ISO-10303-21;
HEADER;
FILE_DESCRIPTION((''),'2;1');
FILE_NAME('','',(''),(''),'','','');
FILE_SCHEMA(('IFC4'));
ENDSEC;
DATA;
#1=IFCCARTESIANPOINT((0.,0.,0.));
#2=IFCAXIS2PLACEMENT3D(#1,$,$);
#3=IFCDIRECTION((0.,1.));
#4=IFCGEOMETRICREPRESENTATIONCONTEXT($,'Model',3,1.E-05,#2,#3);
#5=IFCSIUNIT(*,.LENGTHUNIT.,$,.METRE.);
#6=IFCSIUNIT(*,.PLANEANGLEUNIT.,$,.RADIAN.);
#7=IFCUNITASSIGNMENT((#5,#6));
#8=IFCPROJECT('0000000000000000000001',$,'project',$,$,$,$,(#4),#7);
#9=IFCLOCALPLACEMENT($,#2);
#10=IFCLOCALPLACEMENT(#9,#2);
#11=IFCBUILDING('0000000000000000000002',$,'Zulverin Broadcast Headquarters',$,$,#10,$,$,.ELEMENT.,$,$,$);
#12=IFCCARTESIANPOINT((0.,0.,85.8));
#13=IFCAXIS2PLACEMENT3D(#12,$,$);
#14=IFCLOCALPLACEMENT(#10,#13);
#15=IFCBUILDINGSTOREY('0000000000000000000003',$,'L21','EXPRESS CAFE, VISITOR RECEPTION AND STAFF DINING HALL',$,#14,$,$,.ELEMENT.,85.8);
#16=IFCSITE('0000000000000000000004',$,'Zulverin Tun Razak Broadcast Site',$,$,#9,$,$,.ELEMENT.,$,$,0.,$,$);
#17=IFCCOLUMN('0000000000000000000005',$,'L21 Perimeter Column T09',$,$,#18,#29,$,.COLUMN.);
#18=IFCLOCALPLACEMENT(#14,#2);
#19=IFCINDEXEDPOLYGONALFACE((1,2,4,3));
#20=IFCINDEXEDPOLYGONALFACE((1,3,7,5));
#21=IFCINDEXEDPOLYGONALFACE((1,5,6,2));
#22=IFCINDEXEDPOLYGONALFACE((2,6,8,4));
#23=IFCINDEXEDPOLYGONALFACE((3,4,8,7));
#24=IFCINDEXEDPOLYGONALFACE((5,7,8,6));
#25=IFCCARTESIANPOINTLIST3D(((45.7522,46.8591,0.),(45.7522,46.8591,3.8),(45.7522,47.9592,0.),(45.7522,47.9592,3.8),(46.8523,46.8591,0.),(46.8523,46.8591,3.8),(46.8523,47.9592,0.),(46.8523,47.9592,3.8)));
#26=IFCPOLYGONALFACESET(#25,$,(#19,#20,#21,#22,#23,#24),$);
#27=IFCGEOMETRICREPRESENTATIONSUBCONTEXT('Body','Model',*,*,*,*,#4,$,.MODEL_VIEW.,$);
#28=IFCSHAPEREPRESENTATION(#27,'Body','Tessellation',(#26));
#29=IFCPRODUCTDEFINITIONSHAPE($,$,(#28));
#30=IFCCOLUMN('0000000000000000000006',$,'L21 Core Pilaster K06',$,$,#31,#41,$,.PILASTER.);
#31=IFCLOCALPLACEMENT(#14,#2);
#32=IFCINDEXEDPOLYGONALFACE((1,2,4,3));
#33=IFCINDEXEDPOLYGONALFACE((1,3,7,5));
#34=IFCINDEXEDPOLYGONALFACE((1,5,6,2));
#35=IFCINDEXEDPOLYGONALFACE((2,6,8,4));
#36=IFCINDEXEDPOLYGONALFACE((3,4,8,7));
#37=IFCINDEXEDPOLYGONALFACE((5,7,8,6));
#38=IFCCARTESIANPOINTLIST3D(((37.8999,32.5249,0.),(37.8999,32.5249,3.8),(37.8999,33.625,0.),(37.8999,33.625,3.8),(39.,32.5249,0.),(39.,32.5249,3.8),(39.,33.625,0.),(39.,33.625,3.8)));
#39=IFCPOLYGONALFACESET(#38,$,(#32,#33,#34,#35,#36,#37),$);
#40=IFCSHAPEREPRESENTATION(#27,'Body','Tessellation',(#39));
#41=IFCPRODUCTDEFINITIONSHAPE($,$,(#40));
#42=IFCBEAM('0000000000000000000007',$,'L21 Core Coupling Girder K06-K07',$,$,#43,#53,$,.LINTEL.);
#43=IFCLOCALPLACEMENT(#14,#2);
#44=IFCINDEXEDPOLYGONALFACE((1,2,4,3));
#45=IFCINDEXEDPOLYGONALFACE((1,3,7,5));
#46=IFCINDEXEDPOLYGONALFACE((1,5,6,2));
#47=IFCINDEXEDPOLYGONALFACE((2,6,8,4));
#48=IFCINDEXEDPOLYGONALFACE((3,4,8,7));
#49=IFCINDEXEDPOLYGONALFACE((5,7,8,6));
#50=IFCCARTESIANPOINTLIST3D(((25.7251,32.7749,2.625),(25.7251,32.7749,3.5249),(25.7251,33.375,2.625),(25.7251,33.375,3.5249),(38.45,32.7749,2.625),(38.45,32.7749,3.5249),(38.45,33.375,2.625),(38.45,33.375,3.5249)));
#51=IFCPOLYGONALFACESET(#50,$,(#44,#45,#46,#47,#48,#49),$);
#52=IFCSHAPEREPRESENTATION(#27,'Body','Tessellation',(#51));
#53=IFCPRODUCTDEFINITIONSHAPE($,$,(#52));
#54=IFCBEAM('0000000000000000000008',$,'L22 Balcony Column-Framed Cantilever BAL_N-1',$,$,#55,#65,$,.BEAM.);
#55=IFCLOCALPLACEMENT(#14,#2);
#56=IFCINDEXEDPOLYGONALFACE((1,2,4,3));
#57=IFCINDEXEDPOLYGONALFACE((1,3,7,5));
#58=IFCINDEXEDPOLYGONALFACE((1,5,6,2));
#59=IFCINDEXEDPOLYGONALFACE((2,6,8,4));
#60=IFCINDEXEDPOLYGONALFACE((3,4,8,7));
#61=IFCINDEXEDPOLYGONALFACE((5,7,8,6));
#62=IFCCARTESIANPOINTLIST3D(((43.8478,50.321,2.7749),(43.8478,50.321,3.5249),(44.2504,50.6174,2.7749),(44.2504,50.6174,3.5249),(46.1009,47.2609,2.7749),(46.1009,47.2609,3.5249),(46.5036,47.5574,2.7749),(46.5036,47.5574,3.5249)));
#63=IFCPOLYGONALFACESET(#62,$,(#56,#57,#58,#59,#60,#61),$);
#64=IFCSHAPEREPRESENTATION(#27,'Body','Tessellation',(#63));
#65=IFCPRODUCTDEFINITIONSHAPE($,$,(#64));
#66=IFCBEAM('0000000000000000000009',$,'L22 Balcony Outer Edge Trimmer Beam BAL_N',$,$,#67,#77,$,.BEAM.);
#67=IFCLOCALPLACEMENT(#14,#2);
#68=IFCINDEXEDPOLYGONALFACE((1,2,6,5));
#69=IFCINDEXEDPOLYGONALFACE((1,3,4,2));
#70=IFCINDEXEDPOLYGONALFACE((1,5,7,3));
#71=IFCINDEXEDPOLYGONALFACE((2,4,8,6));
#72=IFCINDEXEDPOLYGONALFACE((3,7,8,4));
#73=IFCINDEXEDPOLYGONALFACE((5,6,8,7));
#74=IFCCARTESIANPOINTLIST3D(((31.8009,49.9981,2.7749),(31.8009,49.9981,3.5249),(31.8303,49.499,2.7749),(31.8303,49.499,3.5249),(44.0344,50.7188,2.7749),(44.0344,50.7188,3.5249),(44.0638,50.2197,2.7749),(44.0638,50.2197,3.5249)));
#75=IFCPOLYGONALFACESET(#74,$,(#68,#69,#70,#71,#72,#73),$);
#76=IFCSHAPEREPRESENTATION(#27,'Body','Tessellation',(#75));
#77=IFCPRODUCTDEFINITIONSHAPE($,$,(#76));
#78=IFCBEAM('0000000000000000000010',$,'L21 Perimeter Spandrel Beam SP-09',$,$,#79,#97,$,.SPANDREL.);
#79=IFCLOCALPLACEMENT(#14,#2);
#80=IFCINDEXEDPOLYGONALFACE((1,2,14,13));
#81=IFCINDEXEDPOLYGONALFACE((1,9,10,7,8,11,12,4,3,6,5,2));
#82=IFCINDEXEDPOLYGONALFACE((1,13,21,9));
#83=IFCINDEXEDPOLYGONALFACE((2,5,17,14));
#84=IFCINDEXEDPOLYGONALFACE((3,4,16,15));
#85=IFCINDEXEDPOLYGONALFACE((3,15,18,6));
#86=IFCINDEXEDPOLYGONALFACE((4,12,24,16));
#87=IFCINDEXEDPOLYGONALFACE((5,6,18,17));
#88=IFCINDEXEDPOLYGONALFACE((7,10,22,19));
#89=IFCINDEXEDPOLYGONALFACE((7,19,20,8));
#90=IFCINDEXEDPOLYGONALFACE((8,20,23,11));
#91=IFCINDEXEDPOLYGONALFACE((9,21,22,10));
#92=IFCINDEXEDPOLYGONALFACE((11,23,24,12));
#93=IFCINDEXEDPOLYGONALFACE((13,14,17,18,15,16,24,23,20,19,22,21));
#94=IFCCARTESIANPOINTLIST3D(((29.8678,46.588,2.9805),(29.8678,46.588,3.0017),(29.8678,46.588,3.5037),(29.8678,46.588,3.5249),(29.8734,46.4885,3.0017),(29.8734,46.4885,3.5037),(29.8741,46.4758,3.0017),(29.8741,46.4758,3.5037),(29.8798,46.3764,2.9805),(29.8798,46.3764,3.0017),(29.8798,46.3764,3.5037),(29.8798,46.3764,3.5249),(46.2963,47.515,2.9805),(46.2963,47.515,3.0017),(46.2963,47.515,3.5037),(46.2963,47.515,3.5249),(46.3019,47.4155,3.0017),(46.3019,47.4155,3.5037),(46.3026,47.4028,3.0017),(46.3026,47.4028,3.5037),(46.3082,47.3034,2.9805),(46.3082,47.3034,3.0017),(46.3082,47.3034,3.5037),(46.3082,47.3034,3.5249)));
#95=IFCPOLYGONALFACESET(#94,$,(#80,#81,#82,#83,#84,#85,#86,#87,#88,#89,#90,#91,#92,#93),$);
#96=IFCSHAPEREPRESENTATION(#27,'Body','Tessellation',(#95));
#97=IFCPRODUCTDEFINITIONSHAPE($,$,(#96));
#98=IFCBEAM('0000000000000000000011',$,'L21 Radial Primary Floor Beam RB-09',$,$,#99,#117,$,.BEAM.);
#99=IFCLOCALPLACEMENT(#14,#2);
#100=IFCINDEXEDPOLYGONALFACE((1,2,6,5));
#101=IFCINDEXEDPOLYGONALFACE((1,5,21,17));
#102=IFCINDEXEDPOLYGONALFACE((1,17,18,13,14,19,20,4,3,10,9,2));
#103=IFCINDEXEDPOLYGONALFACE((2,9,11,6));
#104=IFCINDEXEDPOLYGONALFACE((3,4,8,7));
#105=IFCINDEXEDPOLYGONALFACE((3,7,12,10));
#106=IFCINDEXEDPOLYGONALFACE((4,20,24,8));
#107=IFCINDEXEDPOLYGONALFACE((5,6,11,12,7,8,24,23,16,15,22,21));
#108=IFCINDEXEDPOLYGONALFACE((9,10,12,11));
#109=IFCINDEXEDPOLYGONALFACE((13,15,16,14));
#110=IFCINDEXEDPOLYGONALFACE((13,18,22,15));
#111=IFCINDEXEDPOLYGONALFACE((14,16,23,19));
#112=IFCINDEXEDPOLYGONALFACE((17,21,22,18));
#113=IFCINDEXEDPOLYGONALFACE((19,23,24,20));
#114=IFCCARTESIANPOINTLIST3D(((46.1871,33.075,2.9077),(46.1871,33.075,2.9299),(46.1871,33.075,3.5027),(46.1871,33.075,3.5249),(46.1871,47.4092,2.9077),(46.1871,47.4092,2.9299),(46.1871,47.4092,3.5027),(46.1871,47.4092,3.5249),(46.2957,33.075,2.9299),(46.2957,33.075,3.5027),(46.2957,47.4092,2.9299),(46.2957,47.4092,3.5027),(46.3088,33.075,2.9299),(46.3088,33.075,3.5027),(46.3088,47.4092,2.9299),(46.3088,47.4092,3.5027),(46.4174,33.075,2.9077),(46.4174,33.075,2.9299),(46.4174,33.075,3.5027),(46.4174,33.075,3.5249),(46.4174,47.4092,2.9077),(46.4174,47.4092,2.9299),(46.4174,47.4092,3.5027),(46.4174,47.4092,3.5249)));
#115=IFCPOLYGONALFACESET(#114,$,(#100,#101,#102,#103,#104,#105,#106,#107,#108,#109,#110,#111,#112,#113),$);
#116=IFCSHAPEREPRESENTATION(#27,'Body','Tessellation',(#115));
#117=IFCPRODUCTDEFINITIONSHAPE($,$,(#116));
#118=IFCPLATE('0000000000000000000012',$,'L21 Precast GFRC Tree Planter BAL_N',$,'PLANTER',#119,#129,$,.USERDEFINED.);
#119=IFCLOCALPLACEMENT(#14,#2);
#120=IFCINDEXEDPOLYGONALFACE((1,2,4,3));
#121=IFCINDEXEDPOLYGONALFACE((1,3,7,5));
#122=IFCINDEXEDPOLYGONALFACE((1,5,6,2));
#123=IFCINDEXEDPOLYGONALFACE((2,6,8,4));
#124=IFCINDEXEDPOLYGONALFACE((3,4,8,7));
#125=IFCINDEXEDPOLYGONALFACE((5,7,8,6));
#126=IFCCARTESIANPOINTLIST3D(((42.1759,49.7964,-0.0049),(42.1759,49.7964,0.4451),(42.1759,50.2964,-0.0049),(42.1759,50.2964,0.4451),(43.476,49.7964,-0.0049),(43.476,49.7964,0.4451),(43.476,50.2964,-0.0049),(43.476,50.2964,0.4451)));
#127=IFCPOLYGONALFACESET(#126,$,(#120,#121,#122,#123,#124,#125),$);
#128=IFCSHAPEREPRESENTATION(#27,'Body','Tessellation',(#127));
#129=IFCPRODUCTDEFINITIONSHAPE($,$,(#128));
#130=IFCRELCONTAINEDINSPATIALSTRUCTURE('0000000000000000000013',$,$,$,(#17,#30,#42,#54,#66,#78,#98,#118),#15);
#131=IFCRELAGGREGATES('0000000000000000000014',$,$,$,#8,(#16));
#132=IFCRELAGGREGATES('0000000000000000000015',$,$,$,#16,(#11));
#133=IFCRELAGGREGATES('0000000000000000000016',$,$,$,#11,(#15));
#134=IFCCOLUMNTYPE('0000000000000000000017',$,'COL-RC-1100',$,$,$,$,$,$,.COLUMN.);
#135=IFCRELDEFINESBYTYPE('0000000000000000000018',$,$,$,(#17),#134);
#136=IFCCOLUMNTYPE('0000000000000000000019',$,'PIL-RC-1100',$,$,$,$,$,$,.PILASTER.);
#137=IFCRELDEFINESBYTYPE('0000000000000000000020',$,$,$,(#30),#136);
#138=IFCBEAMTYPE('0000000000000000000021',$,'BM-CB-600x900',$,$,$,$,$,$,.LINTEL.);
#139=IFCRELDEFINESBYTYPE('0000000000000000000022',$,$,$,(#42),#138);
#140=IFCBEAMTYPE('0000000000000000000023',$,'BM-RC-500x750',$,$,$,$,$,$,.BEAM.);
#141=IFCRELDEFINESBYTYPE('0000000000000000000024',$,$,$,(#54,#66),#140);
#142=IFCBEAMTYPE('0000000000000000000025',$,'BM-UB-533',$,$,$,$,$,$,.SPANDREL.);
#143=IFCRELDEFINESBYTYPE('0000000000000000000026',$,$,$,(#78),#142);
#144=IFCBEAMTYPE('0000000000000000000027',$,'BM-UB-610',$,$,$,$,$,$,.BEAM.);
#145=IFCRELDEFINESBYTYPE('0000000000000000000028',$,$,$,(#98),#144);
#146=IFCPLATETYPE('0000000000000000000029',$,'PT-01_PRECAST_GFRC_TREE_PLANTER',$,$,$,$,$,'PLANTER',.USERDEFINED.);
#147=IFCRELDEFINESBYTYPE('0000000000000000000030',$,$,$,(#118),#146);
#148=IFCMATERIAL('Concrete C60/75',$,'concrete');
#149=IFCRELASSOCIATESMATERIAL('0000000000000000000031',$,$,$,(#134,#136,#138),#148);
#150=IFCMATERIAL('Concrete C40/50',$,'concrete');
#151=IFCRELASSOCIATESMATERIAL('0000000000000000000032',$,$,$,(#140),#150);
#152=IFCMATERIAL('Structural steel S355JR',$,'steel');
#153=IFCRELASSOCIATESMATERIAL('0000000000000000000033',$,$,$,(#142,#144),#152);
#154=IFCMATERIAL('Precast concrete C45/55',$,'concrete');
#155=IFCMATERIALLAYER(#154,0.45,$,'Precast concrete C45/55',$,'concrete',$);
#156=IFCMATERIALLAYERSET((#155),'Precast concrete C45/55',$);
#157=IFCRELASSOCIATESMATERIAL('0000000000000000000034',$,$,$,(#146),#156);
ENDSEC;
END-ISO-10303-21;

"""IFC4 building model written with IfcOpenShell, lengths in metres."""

from ifc_helpers import new_model, si_unit, direction, frame, origin, origin_2d, place, context, subcontext, project, spatial, rectangle, i_section, extrude, material, layer, layer_set, material_profile, profile_set, type_object, element, save


model = new_model("IFC4")

# Units and contexts
model_context = context("Model", 3, precision=1e-05, world=origin(), true_north=direction((0.0, 1.0)))
body_context = subcontext(model_context, "Body", "Model", "MODEL_VIEW")
ifc_project = project(units=[si_unit("LENGTHUNIT", "METRE"), si_unit("PLANEANGLEUNIT", "RADIAN")], contexts=[model_context])

# Site, building, storey
site_placement = place(None, origin())
site = spatial("IfcSite", under=ifc_project, at=site_placement, Name="Zulverin Tun Razak Broadcast Site", CompositionType="ELEMENT", RefElevation=0.0)
building_placement = place(site_placement, origin())
building = spatial("IfcBuilding", under=site, at=building_placement, Name="Zulverin Broadcast Headquarters", CompositionType="ELEMENT")
storey_placement = place(building_placement, frame((0.0, 0.0, 85.8)))
storey = spatial("IfcBuildingStorey", under=building, at=storey_placement, Name="L21", Description="EXPRESS CAFE, VISITOR RECEPTION AND STAFF DINING HALL", CompositionType="ELEMENT", Elevation=85.8)

# Columns
ifc_material_1 = material(Name="Concrete C60/75", Category="concrete")
ifc_material_profile_1 = material_profile(ifc_material_1, rectangle(XDim=1.1001, YDim=1.1001, at=origin_2d()), Name="Concrete C60/75", Category="concrete")
ifc_profile_set_1 = profile_set([ifc_material_profile_1], Name="Concrete C60/75")
column_type_1 = type_object("IfcColumnType", Name="COL-RC-1100", PredefinedType="COLUMN", material=ifc_profile_set_1)
column_1_placement = place(storey_placement, frame((46.3022, 47.4092, 0.0), z_axis=(0.0, 0.0, 1.0), x_axis=(1.0, 0.0, 0.0)))
element("IfcColumn", 1, at=column_1_placement, inside=storey, type_object=column_type_1, Name="L21 Perimeter Column T09", PredefinedType="COLUMN", context=body_context, shape_type="SweptSolid", body=[
    extrude(rectangle(XDim=1.1001, YDim=1.1001, at=origin_2d()), origin(), (0.0, 0.0, 1.0), 3.8),
])
ifc_material_profile_2 = material_profile(ifc_material_1, rectangle(XDim=1.1001, YDim=1.1001, at=origin_2d()), Name="Concrete C60/75", Category="concrete")
ifc_profile_set_2 = profile_set([ifc_material_profile_2], Name="Concrete C60/75")
column_type_2 = type_object("IfcColumnType", Name="PIL-RC-1100", PredefinedType="PILASTER", material=ifc_profile_set_2)
column_2_placement = place(storey_placement, frame((38.45, 33.075, 0.0), z_axis=(0.0, 0.0, 1.0), x_axis=(1.0, 0.0, 0.0)))
element("IfcColumn", 2, at=column_2_placement, inside=storey, type_object=column_type_2, Name="L21 Core Pilaster K06", PredefinedType="PILASTER", context=body_context, shape_type="SweptSolid", body=[
    extrude(rectangle(XDim=1.1001, YDim=1.1001, at=origin_2d()), origin(), (0.0, 0.0, 1.0), 3.8),
])

# Beams
ifc_material_profile_3 = material_profile(ifc_material_1, rectangle(XDim=0.6001, YDim=0.8999, at=origin_2d()), Name="Concrete C60/75", Category="concrete")
ifc_profile_set_3 = profile_set([ifc_material_profile_3], Name="Concrete C60/75")
beam_type_1 = type_object("IfcBeamType", Name="BM-CB-600x900", PredefinedType="LINTEL", material=ifc_profile_set_3)
beam_1_placement = place(storey_placement, frame((38.45, 33.075, 3.075), z_axis=(-1.0, 0.0, 0.0), x_axis=(0.0, -1.0, 0.0)))
element("IfcBeam", 3, at=beam_1_placement, inside=storey, type_object=beam_type_1, Name="L21 Core Coupling Girder K06-K07", PredefinedType="LINTEL", context=body_context, shape_type="SweptSolid", body=[
    extrude(rectangle(XDim=0.6001, YDim=0.8999, at=origin_2d()), origin(), (0.0, 0.0, 1.0), 12.7249),
])
ifc_material_2 = material(Name="Concrete C40/50", Category="concrete")
ifc_material_profile_4 = material_profile(ifc_material_2, rectangle(XDim=0.5, YDim=0.75, at=origin_2d()), Name="Concrete C40/50", Category="concrete")
ifc_profile_set_4 = profile_set([ifc_material_profile_4], Name="Concrete C40/50")
beam_type_2 = type_object("IfcBeamType", Name="BM-RC-500x750", PredefinedType="BEAM", material=ifc_profile_set_4)
beam_2_placement = place(storey_placement, frame((46.3022, 47.4092, 3.1499), z_axis=(-0.592925, 0.805258, 0.0), x_axis=(-0.805258, -0.592925, 0.0)))
element("IfcBeam", 4, at=beam_2_placement, inside=storey, type_object=beam_type_2, Name="L22 Balcony Column-Framed Cantilever BAL_N-1", PredefinedType="BEAM", context=body_context, shape_type="SweptSolid", body=[
    extrude(rectangle(XDim=0.5, YDim=0.75, at=origin_2d()), origin(), (0.0, 0.0, 1.0), 3.8),
])
beam_3_placement = place(storey_placement, frame((44.0491, 50.4692, 3.1499), z_axis=(-0.998269, -0.058811, 0.0), x_axis=(0.058811, -0.998269, 0.0)))
element("IfcBeam", 5, at=beam_3_placement, inside=storey, type_object=beam_type_2, Name="L22 Balcony Outer Edge Trimmer Beam BAL_N", PredefinedType="BEAM", context=body_context, shape_type="SweptSolid", body=[
    extrude(rectangle(XDim=0.5, YDim=0.75, at=origin_2d()), origin(), (0.0, 0.0, 1.0), 12.2546),
])
ifc_material_3 = material(Name="Structural steel S355JR", Category="steel")
ifc_material_profile_5 = material_profile(ifc_material_3, i_section(OverallWidth=0.2119, OverallDepth=0.5444, WebThickness=0.0127, FlangeThickness=0.0212, at=origin_2d()), Name="Structural steel S355JR", Category="steel")
ifc_profile_set_5 = profile_set([ifc_material_profile_5], Name="Structural steel S355JR")
beam_type_3 = type_object("IfcBeamType", Name="BM-UB-533", PredefinedType="SPANDREL", material=ifc_profile_set_5)
beam_4_placement = place(storey_placement, frame((46.3022, 47.4092, 3.2527), z_axis=(-0.998412, -0.056337, 0.0), x_axis=(0.056337, -0.998412, 0.0)))
element("IfcBeam", 6, at=beam_4_placement, inside=storey, type_object=beam_type_3, Name="L21 Perimeter Spandrel Beam SP-09", PredefinedType="SPANDREL", context=body_context, shape_type="SweptSolid", body=[
    extrude(i_section(OverallWidth=0.2119, OverallDepth=0.5444, WebThickness=0.0127, FlangeThickness=0.0212, at=origin_2d()), origin(), (0.0, 0.0, 1.0), 16.4546),
])
ifc_material_profile_6 = material_profile(ifc_material_3, i_section(OverallWidth=0.2302, OverallDepth=0.6172, WebThickness=0.0132, FlangeThickness=0.0222, at=origin_2d()), Name="Structural steel S355JR", Category="steel")
ifc_profile_set_6 = profile_set([ifc_material_profile_6], Name="Structural steel S355JR")
beam_type_4 = type_object("IfcBeamType", Name="BM-UB-610", PredefinedType="BEAM", material=ifc_profile_set_6)
beam_5_placement = place(storey_placement, frame((46.3022, 33.075, 3.2163), z_axis=(0.0, 1.0, 0.0), x_axis=(-1.0, 0.0, 0.0)))
element("IfcBeam", 7, at=beam_5_placement, inside=storey, type_object=beam_type_4, Name="L21 Radial Primary Floor Beam RB-09", PredefinedType="BEAM", context=body_context, shape_type="SweptSolid", body=[
    extrude(i_section(OverallWidth=0.2302, OverallDepth=0.6172, WebThickness=0.0132, FlangeThickness=0.0222, at=origin_2d()), origin(), (0.0, 0.0, 1.0), 14.3342),
])

# Plate
ifc_material_4 = material(Name="Precast concrete C45/55", Category="concrete")
ifc_layer_1 = layer(ifc_material_4, 0.45, Name="Precast concrete C45/55", Category="concrete")
ifc_layer_set_1 = layer_set([ifc_layer_1], Name="Precast concrete C45/55")
plate_type = type_object("IfcPlateType", Name="PT-01_PRECAST_GFRC_TREE_PLANTER", ElementType="PLANTER", PredefinedType="USERDEFINED", material=ifc_layer_set_1)
plate_placement = place(storey_placement, frame((42.8259, 50.0464, -0.0049), z_axis=(0.0, 0.0, 1.0), x_axis=(1.0, 0.0, 0.0)))
element("IfcPlate", 8, at=plate_placement, inside=storey, type_object=plate_type, Name="L21 Precast GFRC Tree Planter BAL_N", ObjectType="PLANTER", PredefinedType="USERDEFINED", context=body_context, shape_type="SweptSolid", body=[
    extrude(rectangle(XDim=1.3, YDim=0.5, at=origin_2d()), origin(), (0.0, 0.0, 1.0), 0.45),
])

save(model, "model.ifc")
